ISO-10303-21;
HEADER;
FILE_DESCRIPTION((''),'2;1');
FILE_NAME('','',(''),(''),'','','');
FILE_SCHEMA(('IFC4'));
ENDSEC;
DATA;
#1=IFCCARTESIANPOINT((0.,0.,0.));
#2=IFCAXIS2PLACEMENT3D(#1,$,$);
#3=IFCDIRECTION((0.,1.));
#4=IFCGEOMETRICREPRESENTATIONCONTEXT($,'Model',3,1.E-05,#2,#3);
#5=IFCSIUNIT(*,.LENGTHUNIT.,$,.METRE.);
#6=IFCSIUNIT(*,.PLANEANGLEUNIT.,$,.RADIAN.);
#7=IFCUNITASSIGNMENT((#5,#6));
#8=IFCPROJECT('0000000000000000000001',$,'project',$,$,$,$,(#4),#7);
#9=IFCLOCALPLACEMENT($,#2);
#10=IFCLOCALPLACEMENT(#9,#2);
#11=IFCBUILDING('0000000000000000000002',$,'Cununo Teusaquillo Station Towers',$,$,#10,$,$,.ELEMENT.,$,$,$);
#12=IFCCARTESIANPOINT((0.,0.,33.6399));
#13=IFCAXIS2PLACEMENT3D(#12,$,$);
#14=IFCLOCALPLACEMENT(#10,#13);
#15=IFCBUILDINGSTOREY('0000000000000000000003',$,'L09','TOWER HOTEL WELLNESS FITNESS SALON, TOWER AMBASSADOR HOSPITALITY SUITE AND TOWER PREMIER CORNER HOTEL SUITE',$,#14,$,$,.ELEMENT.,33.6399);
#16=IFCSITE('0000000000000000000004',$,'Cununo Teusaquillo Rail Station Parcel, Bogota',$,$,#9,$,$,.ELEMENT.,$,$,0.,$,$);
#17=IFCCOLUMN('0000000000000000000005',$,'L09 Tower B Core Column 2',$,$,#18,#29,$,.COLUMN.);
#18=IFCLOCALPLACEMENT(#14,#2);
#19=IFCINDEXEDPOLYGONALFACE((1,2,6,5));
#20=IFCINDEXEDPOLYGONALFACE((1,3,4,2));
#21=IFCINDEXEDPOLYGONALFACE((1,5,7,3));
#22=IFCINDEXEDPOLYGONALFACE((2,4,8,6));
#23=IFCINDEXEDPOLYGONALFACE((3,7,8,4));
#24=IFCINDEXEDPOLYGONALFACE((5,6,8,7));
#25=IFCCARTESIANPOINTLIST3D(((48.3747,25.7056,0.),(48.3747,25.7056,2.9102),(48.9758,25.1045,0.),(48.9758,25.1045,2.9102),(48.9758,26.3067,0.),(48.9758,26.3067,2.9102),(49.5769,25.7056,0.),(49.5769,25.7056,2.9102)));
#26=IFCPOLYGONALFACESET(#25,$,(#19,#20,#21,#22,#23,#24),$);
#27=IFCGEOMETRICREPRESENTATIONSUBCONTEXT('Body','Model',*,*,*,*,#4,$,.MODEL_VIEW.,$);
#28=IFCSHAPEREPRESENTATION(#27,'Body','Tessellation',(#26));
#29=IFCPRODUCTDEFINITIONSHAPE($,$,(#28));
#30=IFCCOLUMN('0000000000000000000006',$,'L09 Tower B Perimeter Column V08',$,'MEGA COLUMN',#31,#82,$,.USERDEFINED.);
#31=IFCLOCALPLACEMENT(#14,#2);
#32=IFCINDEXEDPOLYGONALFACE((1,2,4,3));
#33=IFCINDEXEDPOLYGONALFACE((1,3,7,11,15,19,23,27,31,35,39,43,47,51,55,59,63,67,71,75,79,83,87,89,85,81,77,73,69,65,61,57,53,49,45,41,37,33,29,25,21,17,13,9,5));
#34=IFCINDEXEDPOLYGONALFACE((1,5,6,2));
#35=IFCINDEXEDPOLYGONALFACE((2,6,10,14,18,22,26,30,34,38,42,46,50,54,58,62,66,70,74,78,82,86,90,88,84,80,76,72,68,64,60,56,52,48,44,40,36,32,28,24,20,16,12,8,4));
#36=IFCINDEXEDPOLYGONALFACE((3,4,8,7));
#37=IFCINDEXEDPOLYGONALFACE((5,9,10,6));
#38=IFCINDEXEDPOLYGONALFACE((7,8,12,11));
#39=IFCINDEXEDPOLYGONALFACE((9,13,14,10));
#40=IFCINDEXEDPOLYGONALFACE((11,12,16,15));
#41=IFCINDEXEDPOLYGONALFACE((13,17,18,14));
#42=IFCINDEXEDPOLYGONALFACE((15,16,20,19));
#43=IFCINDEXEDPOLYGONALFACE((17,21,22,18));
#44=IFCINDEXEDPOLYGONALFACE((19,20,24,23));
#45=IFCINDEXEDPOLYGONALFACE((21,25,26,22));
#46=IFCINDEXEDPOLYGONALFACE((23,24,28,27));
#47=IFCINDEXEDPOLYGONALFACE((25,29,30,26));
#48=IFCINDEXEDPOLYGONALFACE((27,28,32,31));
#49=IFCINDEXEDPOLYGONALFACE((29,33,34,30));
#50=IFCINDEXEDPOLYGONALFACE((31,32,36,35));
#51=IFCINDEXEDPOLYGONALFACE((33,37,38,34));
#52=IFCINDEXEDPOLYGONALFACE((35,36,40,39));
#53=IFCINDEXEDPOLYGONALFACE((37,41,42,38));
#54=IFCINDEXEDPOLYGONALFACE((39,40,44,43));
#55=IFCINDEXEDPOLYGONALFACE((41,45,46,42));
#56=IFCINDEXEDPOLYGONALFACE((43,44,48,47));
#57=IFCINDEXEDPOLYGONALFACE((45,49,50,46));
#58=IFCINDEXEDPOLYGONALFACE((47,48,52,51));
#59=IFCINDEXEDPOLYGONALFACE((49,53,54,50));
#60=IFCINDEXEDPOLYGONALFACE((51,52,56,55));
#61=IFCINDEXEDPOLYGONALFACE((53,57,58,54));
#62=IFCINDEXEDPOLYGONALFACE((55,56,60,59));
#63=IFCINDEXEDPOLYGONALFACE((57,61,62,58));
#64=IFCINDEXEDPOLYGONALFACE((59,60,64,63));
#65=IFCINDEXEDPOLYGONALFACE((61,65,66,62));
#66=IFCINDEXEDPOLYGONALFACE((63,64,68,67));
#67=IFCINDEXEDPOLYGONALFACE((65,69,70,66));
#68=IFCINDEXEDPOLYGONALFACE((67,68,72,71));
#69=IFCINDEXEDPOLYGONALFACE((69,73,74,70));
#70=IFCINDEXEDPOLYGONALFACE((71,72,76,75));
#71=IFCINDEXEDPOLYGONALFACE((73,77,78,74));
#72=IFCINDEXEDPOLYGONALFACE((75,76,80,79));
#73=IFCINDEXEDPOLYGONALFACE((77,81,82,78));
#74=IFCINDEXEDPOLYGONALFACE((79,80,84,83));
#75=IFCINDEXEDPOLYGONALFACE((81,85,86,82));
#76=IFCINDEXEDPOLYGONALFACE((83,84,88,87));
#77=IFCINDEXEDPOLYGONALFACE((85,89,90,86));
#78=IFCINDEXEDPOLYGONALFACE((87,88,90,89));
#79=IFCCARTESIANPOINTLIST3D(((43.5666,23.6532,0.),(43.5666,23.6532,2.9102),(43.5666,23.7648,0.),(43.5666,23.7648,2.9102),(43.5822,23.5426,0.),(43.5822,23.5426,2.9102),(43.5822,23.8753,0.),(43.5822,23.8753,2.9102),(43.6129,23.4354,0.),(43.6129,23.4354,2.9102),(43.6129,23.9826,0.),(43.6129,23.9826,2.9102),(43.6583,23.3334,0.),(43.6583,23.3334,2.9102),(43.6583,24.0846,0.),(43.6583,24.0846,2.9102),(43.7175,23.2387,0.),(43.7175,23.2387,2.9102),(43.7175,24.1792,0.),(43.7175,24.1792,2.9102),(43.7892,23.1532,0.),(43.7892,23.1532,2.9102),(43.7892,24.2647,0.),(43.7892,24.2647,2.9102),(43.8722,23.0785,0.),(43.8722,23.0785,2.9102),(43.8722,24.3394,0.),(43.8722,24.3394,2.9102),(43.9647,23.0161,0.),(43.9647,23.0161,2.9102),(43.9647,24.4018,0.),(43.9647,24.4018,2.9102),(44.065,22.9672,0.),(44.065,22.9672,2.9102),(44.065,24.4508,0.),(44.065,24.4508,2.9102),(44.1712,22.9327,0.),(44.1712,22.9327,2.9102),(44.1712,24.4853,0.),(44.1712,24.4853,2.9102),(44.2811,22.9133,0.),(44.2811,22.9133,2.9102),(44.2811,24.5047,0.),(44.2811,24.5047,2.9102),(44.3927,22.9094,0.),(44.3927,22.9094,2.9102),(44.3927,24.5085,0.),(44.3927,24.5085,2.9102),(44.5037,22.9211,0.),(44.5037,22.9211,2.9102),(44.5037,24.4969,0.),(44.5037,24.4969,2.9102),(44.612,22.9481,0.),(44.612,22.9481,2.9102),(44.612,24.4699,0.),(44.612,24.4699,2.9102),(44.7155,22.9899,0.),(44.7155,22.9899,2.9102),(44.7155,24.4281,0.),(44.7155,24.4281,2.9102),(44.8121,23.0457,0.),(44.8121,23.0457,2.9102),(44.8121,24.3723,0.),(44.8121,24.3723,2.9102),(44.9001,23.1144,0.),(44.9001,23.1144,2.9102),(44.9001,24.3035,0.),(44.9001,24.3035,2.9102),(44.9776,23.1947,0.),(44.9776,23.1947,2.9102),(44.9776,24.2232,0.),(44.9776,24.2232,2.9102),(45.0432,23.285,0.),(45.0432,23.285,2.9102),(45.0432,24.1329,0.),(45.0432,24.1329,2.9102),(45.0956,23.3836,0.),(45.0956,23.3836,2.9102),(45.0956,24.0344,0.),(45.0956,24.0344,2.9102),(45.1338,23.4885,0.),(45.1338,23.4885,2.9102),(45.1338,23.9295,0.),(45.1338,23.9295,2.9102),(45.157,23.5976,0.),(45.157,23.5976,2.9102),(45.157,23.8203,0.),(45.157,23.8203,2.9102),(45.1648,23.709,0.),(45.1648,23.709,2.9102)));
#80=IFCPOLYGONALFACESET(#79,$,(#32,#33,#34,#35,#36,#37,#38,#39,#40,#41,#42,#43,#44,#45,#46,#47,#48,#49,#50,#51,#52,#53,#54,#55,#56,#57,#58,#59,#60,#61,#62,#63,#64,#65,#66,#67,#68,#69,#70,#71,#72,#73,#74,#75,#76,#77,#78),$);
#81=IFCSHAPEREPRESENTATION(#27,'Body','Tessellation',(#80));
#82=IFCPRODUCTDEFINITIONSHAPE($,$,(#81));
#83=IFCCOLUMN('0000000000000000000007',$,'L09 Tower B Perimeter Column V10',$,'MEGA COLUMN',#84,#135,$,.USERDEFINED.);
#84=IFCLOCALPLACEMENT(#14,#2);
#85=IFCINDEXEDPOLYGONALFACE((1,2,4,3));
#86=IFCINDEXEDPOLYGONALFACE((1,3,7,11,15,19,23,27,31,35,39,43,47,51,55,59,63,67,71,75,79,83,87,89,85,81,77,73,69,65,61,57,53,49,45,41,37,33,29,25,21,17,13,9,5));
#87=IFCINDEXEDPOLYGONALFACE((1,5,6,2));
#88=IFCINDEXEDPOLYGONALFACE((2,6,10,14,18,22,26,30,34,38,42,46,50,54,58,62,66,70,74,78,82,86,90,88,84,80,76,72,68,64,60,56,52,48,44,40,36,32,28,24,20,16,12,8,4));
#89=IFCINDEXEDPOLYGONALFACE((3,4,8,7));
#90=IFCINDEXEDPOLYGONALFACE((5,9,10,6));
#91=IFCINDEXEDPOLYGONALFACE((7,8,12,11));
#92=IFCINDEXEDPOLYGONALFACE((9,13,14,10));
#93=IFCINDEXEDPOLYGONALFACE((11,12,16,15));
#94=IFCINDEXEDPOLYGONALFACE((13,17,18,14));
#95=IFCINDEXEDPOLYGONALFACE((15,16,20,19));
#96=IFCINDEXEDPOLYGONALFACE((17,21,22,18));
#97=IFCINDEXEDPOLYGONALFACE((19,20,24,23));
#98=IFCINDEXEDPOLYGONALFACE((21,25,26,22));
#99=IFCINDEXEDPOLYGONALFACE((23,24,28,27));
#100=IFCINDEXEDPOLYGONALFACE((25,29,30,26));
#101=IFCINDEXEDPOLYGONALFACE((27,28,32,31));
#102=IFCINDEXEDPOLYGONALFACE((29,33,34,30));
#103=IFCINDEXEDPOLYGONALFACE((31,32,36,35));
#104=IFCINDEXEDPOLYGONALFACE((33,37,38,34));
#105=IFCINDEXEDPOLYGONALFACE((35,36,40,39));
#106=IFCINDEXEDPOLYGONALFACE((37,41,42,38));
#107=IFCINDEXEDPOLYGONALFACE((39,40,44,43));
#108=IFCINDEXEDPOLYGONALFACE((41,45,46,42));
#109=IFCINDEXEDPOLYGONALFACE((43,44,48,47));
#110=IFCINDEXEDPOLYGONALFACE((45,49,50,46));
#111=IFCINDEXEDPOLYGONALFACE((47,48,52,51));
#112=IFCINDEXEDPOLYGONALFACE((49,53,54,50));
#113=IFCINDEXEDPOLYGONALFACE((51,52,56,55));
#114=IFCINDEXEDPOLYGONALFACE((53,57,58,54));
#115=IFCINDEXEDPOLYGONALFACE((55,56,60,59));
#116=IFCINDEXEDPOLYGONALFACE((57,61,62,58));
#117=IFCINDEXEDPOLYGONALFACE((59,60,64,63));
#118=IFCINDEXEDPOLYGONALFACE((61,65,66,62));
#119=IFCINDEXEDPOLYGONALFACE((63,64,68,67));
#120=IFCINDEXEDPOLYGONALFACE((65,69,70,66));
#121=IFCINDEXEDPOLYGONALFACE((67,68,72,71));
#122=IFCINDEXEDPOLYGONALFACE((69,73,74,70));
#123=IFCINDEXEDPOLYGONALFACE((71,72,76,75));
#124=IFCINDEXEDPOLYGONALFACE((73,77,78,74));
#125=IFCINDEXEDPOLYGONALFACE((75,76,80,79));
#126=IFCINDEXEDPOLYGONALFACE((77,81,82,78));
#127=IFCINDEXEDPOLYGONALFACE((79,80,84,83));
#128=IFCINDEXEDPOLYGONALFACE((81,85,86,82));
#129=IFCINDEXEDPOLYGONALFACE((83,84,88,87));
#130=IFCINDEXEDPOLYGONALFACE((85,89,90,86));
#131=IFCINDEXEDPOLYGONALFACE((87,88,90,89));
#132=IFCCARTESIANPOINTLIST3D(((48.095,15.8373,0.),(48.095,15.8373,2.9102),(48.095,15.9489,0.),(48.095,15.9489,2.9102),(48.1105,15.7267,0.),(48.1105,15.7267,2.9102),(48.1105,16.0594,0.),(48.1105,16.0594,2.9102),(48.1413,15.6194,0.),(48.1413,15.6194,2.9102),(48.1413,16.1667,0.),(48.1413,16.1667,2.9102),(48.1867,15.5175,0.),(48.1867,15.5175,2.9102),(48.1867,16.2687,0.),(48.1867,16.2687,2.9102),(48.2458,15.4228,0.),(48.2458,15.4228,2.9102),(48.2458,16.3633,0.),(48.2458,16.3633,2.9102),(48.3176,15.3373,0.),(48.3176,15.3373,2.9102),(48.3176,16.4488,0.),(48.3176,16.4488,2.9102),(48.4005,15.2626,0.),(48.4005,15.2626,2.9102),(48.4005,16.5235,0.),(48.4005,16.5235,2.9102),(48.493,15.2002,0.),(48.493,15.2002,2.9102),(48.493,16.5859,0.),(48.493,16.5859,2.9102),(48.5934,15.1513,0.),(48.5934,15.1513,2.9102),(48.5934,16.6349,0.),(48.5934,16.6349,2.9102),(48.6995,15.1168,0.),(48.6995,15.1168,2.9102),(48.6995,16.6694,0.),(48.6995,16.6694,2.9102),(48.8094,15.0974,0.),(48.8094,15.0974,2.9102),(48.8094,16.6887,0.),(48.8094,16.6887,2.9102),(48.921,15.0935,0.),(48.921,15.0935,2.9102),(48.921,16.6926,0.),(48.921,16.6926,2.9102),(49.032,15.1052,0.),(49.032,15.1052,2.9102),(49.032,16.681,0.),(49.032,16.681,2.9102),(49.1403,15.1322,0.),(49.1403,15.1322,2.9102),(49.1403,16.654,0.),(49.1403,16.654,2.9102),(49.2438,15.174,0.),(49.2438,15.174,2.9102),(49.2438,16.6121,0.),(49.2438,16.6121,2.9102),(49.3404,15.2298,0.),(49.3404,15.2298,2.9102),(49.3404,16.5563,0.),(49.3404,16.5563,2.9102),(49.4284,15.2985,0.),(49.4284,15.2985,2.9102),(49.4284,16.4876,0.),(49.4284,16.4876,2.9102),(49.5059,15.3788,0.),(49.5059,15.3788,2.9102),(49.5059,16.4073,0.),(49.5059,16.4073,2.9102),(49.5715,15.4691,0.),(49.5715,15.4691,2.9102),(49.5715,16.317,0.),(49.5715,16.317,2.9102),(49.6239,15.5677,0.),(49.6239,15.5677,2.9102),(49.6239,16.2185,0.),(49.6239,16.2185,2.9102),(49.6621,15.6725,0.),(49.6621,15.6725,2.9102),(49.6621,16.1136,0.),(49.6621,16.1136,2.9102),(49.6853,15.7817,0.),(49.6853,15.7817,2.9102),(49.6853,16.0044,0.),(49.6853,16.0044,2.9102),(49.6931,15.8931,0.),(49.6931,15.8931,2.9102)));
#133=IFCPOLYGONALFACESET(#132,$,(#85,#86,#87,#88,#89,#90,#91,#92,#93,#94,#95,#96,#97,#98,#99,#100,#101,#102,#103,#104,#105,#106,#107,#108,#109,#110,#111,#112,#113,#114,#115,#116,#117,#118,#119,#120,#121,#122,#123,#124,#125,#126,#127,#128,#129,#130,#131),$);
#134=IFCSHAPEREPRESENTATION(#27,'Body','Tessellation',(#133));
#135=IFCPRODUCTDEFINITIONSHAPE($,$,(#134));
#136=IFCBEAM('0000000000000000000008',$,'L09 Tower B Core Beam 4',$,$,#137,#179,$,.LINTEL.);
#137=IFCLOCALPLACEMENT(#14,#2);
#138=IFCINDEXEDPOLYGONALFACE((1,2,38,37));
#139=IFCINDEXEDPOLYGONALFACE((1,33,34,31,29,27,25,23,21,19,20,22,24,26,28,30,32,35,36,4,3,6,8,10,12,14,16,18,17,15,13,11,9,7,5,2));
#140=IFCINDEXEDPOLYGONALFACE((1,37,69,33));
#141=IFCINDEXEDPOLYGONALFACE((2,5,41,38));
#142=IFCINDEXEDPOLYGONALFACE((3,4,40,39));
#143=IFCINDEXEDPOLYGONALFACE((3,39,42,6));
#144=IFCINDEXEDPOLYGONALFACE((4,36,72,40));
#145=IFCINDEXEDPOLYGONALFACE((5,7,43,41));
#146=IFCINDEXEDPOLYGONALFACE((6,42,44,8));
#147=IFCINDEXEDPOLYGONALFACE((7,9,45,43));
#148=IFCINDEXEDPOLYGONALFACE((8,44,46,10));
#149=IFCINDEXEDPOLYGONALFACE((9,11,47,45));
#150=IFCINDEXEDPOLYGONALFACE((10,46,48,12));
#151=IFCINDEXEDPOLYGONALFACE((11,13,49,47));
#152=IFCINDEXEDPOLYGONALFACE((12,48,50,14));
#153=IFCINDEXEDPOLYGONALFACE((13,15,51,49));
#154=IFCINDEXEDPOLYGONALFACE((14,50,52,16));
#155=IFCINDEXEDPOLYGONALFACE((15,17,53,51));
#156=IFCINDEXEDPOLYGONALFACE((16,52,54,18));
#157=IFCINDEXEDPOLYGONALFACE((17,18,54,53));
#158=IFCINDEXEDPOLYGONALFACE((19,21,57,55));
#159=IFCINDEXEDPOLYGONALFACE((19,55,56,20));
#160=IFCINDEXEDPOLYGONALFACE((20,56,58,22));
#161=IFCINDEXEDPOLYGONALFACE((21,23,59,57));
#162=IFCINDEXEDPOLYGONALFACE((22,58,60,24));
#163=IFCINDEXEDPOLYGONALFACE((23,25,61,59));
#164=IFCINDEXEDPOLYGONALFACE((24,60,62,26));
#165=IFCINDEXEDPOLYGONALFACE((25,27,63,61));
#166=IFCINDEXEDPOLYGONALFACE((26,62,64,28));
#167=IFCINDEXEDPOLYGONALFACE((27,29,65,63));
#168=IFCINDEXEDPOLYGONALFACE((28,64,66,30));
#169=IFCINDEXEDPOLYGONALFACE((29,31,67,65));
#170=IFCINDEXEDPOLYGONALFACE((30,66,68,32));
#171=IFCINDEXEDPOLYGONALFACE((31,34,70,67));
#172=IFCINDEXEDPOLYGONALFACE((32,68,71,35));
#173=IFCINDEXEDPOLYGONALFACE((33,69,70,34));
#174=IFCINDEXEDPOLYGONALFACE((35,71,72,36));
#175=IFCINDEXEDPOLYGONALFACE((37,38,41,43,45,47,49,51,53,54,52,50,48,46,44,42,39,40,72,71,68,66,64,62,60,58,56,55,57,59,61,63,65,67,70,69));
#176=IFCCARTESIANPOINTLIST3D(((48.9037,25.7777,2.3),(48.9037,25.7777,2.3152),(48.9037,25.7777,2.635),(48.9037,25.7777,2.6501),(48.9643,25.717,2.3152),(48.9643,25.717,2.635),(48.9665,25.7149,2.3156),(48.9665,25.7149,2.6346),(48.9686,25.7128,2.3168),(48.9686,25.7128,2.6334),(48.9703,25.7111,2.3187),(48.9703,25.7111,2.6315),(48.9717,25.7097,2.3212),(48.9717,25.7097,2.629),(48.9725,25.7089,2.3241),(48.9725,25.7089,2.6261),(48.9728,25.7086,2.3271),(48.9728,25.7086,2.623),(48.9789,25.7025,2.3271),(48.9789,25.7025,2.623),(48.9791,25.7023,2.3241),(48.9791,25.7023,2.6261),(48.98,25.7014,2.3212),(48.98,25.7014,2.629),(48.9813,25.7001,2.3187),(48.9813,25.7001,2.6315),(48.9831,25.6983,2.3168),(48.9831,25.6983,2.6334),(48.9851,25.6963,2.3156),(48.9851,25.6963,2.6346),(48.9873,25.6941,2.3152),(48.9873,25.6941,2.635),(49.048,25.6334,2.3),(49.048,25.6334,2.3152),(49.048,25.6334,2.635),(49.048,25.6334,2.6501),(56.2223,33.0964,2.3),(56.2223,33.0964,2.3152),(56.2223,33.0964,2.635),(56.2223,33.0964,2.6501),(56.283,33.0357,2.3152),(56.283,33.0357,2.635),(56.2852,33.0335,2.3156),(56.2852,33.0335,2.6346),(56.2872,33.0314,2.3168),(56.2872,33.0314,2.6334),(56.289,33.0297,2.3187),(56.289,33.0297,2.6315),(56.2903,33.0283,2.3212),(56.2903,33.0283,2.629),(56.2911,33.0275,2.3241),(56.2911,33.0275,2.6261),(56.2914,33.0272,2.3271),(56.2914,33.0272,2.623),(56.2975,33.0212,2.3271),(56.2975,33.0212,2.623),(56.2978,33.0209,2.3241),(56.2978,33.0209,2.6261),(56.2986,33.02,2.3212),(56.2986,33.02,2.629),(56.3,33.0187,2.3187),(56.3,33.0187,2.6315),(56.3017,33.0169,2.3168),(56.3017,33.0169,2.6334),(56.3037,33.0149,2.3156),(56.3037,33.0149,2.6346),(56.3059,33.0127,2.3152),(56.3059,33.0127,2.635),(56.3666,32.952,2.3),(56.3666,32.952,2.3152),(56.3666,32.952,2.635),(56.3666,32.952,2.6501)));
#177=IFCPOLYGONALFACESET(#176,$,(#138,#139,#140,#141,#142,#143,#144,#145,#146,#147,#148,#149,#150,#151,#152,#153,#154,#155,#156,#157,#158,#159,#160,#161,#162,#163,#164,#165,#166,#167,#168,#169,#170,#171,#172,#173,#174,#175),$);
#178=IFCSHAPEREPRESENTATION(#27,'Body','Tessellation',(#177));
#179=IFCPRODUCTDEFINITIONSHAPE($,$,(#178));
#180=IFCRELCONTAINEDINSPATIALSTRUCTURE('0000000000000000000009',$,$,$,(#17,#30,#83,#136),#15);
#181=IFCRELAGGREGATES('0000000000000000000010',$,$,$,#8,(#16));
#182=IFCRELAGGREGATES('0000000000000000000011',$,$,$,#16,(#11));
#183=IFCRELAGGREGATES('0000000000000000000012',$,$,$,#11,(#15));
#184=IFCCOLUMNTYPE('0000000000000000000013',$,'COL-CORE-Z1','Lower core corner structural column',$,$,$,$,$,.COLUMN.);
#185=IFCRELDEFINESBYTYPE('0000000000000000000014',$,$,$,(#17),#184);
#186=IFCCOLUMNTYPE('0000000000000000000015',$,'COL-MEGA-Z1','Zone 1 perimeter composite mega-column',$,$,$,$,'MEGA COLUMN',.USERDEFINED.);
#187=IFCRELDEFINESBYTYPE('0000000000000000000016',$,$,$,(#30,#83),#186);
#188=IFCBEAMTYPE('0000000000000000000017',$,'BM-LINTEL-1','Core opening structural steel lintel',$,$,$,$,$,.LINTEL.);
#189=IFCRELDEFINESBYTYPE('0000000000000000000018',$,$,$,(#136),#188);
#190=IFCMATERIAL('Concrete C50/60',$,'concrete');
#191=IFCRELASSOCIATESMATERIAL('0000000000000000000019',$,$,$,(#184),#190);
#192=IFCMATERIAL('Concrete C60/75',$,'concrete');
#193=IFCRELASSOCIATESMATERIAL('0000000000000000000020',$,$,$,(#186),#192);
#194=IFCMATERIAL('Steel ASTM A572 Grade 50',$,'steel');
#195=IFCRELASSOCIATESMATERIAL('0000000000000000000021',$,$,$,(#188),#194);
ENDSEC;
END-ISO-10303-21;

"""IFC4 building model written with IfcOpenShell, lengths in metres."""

from ifc_helpers import new_model, si_unit, direction, frame, origin, origin_2d, place, context, subcontext, project, spatial, rectangle, circle, i_section, extrude, material, material_profile, profile_set, type_object, element, save


model = new_model("IFC4")

# Units and contexts
model_context = context("Model", 3, precision=1e-05, world=origin(), true_north=direction((0.0, 1.0)))
body_context = subcontext(model_context, "Body", "Model", "MODEL_VIEW")
ifc_project = project(units=[si_unit("LENGTHUNIT", "METRE"), si_unit("PLANEANGLEUNIT", "RADIAN")], contexts=[model_context])

# Site, building, storey
site_placement = place(None, origin())
site = spatial("IfcSite", under=ifc_project, at=site_placement, Name="Cununo Teusaquillo Rail Station Parcel, Bogota", CompositionType="ELEMENT", RefElevation=0.0)
building_placement = place(site_placement, origin())
building = spatial("IfcBuilding", under=site, at=building_placement, Name="Cununo Teusaquillo Station Towers", CompositionType="ELEMENT")
storey_placement = place(building_placement, frame((0.0, 0.0, 33.6399)))
storey = spatial("IfcBuildingStorey", under=building, at=storey_placement, Name="L09", Description="TOWER HOTEL WELLNESS FITNESS SALON, TOWER AMBASSADOR HOSPITALITY SUITE AND TOWER PREMIER CORNER HOTEL SUITE", CompositionType="ELEMENT", Elevation=33.6399)

# Columns
ifc_material_1 = material(Name="Concrete C50/60", Category="concrete")
ifc_material_profile_1 = material_profile(ifc_material_1, rectangle(XDim=0.8501, YDim=0.8501, at=origin_2d()), Name="RC-RECT-850x850")
ifc_profile_set_1 = profile_set([ifc_material_profile_1], Name="Concrete C50/60")
column_type_1 = type_object("IfcColumnType", Name="COL-CORE-Z1", Description="Lower core corner structural column", PredefinedType="COLUMN", material=ifc_profile_set_1)
column_placement = place(storey_placement, frame((48.9758, 25.7056, 0.0), z_axis=(0.0, 0.0, 1.0), x_axis=(0.707107, 0.707107, 0.0)))
element("IfcColumn", 1, at=column_placement, inside=storey, type_object=column_type_1, Name="L09 Tower B Core Column 2", PredefinedType="COLUMN", context=body_context, shape_type="SweptSolid", body=[
    extrude(rectangle(XDim=0.8501, YDim=0.8501, at=origin_2d()), origin(), (0.0, 0.0, 1.0), 2.9102),
])
ifc_material_2 = material(Name="Concrete C60/75", Category="concrete")
ifc_material_profile_2 = material_profile(ifc_material_2, circle(Radius=0.8, at=origin_2d()), Name="RC-CIRC-1600")
ifc_profile_set_2 = profile_set([ifc_material_profile_2], Name="Concrete C60/75")
column_type_2 = type_object("IfcColumnType", Name="COL-MEGA-Z1", Description="Zone 1 perimeter composite mega-column", ElementType="MEGA COLUMN", PredefinedType="USERDEFINED", material=ifc_profile_set_2)
for number, where, z_axis, x_axis, name in (
    (2, (44.3647, 23.709, 0.0), (0.0, 0.0, 1.0), (1.0, 0.0, 0.0), "L09 Tower B Perimeter Column V08"),
    (3, (48.8931, 15.8931, 0.0), (0.0, 0.0, 1.0), (1.0, 0.0, 0.0), "L09 Tower B Perimeter Column V10"),
):
    element("IfcColumn", number, at=place(storey_placement, frame(where, z_axis=z_axis, x_axis=x_axis)), inside=storey, type_object=column_type_2, Name=name, ObjectType="MEGA COLUMN", PredefinedType="USERDEFINED", context=body_context, shape_type="SweptSolid", body=[
        extrude(circle(Radius=0.8, at=origin_2d()), origin(), (0.0, 0.0, 1.0), 2.9102),
    ])

# Beam
ifc_material_3 = material(Name="Steel ASTM A572 Grade 50", Category="steel")
ifc_material_profile_3 = material_profile(ifc_material_3, i_section(OverallWidth=0.2041, OverallDepth=0.3501, WebThickness=0.0085, FlangeThickness=0.0151, FilletRadius=0.012, at=origin_2d()), Name="W14X48")
ifc_profile_set_3 = profile_set([ifc_material_profile_3], Name="Steel ASTM A572 Grade 50")
beam_type_1 = type_object("IfcBeamType", Name="BM-LINTEL-1", Description="Core opening structural steel lintel", PredefinedType="LINTEL", material=ifc_profile_set_3)
beam_1_placement = place(storey_placement, frame((48.9758, 25.7056, 2.4751), z_axis=(0.707107, 0.707107, 0.0), x_axis=(-0.707107, 0.707107, 0.0)))
element("IfcBeam", 4, at=beam_1_placement, inside=storey, type_object=beam_type_1, Name="L09 Tower B Core Beam 4", PredefinedType="LINTEL", context=body_context, shape_type="SweptSolid", body=[
    extrude(i_section(OverallWidth=0.2041, OverallDepth=0.3501, WebThickness=0.0085, FlangeThickness=0.0151, FilletRadius=0.012, at=origin_2d()), origin(), (0.0, 0.0, 1.0), 10.3501),
])

save(model, "model.ifc")
